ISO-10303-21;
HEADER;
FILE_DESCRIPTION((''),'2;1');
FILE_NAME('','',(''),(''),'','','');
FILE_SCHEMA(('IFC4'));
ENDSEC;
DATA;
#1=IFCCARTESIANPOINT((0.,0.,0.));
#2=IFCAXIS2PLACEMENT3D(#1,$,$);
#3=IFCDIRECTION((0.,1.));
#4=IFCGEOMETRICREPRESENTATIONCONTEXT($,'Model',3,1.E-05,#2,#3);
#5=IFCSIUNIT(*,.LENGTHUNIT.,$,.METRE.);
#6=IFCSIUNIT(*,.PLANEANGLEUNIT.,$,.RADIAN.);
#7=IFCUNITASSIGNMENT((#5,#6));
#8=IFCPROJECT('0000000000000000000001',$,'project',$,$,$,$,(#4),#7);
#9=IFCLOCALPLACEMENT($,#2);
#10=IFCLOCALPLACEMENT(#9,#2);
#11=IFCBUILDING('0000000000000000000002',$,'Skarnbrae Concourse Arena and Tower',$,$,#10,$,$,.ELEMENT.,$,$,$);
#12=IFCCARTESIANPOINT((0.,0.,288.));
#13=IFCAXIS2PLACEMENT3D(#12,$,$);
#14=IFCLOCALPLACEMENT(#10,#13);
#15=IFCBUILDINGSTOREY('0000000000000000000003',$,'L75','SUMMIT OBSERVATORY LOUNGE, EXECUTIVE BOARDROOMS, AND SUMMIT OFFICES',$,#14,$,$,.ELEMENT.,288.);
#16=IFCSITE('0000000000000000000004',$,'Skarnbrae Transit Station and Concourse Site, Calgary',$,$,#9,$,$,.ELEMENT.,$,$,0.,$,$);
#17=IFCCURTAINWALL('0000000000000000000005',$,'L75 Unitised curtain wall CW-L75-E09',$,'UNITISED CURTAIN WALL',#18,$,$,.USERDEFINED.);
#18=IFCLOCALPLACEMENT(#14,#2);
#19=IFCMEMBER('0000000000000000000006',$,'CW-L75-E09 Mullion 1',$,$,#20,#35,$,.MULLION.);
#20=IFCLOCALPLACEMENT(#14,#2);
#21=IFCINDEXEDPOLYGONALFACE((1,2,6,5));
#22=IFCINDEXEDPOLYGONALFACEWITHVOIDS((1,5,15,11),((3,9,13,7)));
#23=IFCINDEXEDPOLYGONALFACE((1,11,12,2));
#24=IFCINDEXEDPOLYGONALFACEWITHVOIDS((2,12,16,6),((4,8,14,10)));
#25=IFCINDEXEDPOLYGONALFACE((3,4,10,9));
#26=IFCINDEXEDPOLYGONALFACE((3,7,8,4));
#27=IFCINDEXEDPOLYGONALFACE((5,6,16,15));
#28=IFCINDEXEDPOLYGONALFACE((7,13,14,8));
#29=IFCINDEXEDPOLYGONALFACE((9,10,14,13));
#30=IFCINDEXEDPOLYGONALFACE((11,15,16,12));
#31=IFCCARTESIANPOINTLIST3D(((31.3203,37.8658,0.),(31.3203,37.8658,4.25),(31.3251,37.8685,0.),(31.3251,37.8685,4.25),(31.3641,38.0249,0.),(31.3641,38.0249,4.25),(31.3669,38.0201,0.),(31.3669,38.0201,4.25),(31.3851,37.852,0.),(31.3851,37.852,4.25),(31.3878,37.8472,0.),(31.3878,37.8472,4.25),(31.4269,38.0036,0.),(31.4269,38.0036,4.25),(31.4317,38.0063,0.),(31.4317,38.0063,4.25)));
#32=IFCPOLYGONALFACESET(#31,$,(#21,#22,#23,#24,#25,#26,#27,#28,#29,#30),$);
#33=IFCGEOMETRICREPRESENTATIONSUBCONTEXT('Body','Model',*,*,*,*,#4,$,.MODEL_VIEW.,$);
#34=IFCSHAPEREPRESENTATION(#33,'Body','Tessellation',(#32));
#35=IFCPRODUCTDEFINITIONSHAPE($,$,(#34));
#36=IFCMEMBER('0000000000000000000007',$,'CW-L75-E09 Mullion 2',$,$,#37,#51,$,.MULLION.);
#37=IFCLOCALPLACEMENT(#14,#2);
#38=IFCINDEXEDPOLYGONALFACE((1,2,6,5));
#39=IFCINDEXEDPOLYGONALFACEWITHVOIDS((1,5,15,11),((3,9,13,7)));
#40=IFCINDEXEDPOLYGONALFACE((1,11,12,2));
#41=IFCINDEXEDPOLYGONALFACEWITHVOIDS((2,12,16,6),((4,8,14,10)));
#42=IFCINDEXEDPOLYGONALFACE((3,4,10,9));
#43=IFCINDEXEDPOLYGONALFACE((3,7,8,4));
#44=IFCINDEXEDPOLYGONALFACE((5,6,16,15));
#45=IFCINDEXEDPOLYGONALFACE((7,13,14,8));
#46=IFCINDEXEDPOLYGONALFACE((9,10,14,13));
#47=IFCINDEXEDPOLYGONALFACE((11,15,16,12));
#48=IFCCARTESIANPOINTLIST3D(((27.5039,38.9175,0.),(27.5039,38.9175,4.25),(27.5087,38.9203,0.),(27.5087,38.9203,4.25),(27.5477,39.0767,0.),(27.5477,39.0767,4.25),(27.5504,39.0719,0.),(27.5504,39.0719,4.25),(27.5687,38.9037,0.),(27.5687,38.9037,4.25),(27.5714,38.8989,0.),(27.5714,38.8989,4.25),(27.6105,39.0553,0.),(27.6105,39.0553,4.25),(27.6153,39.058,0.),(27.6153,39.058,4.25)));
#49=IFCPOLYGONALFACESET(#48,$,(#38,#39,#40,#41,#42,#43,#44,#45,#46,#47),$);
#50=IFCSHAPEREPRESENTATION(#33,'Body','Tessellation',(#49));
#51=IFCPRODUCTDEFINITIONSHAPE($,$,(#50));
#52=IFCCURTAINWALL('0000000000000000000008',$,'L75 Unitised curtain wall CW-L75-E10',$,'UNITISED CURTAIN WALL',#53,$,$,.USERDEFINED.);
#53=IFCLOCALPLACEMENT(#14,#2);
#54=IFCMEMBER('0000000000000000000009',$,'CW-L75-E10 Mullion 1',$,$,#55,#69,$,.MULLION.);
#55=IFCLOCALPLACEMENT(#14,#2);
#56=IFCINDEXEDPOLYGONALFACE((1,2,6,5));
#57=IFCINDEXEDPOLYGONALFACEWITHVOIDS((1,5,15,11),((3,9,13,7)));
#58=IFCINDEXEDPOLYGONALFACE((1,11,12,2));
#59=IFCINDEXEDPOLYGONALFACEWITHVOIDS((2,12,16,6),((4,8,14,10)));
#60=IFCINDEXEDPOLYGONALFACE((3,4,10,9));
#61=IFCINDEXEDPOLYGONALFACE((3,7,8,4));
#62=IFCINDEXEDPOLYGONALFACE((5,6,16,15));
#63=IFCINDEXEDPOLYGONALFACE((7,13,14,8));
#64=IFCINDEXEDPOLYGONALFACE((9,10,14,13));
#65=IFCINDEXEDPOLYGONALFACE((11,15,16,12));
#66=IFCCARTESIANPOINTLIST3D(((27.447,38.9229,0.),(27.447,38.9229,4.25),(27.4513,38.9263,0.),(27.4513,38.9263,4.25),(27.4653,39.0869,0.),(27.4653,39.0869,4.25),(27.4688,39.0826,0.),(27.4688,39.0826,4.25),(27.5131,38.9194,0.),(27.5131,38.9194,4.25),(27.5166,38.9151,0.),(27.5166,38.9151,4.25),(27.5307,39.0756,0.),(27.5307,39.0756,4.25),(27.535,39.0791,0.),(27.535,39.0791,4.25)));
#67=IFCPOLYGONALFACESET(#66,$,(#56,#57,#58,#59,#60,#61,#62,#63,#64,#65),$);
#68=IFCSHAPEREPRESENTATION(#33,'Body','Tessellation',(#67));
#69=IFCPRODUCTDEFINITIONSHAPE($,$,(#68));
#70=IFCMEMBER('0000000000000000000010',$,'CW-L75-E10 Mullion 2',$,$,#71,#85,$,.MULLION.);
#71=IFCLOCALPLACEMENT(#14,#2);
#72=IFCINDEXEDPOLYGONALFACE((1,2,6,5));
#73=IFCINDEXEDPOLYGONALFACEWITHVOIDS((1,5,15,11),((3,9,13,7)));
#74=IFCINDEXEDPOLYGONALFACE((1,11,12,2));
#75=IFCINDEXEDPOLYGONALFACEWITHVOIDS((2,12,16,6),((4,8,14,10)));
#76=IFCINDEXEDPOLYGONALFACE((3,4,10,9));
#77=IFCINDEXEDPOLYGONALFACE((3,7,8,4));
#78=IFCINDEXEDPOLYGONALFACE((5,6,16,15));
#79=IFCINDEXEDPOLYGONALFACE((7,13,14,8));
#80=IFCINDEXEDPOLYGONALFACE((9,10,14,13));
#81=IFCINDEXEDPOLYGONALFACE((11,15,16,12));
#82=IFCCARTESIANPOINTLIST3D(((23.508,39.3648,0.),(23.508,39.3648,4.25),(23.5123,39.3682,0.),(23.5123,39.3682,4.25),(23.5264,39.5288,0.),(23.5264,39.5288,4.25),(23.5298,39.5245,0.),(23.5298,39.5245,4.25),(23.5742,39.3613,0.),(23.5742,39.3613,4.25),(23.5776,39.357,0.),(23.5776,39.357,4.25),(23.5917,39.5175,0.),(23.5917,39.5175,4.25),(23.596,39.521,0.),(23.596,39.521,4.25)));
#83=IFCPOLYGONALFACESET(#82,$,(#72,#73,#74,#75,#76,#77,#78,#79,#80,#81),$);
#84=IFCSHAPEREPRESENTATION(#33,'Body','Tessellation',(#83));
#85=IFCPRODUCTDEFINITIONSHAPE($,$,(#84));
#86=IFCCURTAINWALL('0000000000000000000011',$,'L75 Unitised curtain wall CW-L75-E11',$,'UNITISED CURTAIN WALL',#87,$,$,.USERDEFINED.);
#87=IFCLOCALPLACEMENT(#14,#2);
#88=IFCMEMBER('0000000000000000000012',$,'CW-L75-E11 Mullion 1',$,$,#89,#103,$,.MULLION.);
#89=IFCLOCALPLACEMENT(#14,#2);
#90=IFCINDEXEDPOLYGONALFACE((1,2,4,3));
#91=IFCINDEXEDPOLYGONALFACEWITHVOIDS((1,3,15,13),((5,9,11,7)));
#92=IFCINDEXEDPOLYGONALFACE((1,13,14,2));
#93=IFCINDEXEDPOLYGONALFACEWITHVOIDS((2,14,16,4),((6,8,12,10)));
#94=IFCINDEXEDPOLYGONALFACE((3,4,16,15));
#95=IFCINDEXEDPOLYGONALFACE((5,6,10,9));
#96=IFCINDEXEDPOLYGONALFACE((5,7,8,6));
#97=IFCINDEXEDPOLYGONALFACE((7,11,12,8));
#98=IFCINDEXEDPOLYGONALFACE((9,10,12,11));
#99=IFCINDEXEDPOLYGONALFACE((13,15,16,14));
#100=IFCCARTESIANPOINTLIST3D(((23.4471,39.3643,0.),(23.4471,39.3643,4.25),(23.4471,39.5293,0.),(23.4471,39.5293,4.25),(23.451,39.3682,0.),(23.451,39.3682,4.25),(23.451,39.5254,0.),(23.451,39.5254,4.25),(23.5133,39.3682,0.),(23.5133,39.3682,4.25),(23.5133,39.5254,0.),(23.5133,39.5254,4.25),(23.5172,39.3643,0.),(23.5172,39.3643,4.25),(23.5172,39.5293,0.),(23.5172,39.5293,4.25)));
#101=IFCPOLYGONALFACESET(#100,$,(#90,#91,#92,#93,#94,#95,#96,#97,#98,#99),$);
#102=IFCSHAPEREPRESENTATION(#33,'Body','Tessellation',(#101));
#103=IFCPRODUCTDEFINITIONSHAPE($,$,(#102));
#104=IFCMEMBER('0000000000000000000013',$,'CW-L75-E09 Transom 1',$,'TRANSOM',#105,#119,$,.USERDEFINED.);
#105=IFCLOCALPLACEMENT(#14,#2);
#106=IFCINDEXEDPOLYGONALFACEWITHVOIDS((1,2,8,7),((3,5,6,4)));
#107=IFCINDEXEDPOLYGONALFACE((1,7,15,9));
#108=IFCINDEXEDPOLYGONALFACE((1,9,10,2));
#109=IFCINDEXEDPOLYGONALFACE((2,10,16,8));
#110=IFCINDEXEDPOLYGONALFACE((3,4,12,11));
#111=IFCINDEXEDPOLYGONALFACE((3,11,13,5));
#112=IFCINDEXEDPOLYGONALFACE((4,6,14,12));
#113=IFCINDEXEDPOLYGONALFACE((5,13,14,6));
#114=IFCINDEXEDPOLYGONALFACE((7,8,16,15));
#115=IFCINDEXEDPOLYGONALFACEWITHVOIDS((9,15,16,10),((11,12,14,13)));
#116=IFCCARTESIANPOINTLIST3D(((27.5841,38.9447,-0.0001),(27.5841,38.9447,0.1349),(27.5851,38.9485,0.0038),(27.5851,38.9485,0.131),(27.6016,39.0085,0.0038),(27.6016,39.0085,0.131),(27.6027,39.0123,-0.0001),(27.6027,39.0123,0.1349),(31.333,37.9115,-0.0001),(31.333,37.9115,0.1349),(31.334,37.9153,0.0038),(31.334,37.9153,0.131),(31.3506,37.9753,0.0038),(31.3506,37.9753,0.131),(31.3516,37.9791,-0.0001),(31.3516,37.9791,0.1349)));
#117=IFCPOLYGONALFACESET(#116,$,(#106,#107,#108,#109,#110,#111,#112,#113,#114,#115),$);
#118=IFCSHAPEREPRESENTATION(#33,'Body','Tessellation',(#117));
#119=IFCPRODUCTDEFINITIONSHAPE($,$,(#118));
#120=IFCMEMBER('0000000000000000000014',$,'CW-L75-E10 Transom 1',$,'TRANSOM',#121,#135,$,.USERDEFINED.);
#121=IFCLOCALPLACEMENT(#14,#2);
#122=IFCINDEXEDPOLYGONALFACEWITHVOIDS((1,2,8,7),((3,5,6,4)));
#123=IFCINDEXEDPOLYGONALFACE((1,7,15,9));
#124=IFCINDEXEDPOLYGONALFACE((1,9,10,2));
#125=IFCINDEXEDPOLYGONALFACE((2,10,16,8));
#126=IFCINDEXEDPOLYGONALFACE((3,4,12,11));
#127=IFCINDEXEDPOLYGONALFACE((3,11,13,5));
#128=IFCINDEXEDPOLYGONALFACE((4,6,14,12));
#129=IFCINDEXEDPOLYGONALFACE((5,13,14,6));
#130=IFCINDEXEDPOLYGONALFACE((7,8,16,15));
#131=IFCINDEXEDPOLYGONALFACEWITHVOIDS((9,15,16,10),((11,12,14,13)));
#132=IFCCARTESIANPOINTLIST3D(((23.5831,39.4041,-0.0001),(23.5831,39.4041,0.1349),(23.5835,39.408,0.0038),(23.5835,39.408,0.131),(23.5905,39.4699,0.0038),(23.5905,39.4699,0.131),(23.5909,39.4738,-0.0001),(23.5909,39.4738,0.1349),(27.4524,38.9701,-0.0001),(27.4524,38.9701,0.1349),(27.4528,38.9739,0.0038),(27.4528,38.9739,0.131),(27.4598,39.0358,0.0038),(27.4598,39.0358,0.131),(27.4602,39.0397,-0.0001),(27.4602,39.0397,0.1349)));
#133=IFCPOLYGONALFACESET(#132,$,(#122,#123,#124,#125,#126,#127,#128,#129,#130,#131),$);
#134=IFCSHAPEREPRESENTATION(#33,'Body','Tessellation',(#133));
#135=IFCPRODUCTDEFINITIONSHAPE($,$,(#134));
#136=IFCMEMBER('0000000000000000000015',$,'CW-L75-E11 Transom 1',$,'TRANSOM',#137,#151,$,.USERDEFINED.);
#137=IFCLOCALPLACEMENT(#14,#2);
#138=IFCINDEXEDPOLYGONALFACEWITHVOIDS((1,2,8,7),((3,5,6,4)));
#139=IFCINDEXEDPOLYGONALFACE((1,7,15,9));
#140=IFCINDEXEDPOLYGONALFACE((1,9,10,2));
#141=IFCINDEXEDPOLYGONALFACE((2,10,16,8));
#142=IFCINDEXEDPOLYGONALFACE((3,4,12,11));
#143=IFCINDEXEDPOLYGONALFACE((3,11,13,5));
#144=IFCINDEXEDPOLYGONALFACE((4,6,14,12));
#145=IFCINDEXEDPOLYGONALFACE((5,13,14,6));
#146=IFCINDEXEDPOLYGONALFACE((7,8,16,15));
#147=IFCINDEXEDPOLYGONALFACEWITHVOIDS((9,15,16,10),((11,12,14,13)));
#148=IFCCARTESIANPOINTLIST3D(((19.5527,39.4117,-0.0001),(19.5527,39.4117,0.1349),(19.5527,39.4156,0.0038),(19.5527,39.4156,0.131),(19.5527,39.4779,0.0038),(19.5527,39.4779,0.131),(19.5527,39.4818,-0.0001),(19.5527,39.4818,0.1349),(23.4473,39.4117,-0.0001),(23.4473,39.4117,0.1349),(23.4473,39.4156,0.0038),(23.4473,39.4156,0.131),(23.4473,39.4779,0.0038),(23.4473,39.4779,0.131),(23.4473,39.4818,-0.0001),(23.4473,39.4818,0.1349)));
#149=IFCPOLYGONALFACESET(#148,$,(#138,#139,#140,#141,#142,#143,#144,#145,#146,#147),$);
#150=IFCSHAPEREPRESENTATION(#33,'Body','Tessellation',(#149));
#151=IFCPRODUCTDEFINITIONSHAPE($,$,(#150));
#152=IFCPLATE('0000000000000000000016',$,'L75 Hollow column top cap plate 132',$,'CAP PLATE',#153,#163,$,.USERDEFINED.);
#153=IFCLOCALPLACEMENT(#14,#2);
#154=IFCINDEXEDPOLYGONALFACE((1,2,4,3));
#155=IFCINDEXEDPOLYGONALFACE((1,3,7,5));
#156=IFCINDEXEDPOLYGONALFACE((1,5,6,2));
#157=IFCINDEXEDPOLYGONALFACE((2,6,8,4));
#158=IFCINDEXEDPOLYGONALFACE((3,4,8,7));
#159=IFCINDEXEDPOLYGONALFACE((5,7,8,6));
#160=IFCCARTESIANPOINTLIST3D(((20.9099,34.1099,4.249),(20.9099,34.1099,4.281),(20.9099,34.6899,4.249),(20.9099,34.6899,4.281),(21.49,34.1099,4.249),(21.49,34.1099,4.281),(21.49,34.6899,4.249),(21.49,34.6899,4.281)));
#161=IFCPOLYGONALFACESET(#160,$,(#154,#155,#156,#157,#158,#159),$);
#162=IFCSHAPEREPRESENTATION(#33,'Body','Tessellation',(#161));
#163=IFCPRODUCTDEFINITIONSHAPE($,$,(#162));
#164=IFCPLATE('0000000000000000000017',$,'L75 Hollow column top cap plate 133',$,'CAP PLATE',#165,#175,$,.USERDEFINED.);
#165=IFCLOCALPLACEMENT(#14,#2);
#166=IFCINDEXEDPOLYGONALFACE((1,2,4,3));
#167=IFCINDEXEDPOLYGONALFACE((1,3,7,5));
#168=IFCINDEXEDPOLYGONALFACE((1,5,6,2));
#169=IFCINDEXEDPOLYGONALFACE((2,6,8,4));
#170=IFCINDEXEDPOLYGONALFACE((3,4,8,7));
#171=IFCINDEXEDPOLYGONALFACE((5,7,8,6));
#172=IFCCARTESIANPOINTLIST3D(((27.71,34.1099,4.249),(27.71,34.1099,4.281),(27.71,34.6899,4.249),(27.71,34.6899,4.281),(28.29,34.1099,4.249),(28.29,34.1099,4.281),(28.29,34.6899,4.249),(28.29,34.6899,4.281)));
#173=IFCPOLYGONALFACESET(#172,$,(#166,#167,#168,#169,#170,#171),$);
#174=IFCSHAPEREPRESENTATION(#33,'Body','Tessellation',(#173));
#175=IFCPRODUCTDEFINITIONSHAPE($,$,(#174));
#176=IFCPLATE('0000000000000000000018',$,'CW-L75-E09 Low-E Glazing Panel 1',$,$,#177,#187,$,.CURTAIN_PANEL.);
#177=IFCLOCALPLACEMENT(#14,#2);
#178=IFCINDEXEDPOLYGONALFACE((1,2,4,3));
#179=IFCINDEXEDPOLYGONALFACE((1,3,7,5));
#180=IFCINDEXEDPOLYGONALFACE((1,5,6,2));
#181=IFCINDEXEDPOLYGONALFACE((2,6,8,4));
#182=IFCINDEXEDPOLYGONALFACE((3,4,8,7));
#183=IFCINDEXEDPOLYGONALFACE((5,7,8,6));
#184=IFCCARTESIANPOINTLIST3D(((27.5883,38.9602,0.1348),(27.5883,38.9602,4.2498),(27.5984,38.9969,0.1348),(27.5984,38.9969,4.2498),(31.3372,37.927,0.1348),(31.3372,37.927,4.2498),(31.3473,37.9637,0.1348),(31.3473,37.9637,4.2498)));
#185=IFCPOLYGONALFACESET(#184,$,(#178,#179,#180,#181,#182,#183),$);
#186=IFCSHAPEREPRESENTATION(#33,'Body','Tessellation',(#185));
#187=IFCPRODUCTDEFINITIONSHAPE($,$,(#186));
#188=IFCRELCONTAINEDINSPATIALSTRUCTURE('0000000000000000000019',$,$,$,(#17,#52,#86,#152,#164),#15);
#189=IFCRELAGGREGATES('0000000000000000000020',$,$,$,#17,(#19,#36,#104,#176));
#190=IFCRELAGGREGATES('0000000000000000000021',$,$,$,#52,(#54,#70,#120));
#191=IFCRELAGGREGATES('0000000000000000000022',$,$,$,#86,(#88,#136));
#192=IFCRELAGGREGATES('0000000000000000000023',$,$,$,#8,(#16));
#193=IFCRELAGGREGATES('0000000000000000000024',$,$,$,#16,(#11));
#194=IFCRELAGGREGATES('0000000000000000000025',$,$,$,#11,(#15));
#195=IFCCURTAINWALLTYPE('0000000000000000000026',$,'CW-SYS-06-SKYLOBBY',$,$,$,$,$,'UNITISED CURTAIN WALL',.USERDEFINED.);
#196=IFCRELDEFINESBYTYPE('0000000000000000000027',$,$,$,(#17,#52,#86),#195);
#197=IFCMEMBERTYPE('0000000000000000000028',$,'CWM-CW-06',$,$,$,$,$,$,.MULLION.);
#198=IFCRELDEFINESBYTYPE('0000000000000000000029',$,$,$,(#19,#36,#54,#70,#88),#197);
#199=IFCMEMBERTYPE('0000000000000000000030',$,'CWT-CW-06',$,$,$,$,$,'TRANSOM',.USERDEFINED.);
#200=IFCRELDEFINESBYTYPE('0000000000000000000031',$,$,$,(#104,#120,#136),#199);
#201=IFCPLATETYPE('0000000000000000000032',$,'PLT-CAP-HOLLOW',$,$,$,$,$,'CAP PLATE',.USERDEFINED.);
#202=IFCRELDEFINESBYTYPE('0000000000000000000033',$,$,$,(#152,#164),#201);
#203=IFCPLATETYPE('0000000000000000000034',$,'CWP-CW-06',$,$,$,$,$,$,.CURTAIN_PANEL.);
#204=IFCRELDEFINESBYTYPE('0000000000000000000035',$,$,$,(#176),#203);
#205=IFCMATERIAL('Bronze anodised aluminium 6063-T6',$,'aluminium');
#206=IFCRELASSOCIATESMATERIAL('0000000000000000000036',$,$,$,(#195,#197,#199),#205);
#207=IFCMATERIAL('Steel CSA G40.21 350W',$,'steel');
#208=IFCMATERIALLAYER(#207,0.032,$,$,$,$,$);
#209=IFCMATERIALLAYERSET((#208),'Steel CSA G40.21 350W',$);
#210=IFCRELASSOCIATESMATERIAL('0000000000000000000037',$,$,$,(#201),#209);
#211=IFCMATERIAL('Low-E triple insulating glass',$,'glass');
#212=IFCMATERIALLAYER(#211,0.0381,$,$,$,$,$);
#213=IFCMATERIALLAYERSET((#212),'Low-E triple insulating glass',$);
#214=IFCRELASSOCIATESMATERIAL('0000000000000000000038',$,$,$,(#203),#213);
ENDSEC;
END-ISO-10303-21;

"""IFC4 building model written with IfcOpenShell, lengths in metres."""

from ifc_helpers import new_model, si_unit, direction, frame, origin, origin_2d, place, context, subcontext, project, spatial, rectangle, hollow_rectangle, extrude, source, transform, mapped, material, layer, layer_set, material_profile, profile_set, type_object, element, aggregate, save


model = new_model("IFC4")

# Units and contexts
model_context = context("Model", 3, precision=1e-05, world=origin(), true_north=direction((0.0, 1.0)))
body_context = subcontext(model_context, "Body", "Model", "MODEL_VIEW")
ifc_project = project(units=[si_unit("LENGTHUNIT", "METRE"), si_unit("PLANEANGLEUNIT", "RADIAN")], contexts=[model_context])

# Site, building, storey
site_placement = place(None, origin())
site = spatial("IfcSite", under=ifc_project, at=site_placement, Name="Skarnbrae Transit Station and Concourse Site, Calgary", CompositionType="ELEMENT", RefElevation=0.0)
building_placement = place(site_placement, origin())
building = spatial("IfcBuilding", under=site, at=building_placement, Name="Skarnbrae Concourse Arena and Tower", CompositionType="ELEMENT")
storey_placement = place(building_placement, frame((0.0, 0.0, 288.0)))
storey = spatial("IfcBuildingStorey", under=building, at=storey_placement, Name="L75", Description="SUMMIT OBSERVATORY LOUNGE, EXECUTIVE BOARDROOMS, AND SUMMIT OFFICES", CompositionType="ELEMENT", Elevation=288.0)

# Shared definitions
ifc_material_1 = material(Name="Steel CSA G40.21 350W", Category="steel")

# Curtain walls, members
ifc_material_2 = material(Name="Bronze anodised aluminium 6063-T6", Category="aluminium")
curtain_wall_type = type_object("IfcCurtainWallType", Name="CW-SYS-06-SKYLOBBY", ElementType="UNITISED CURTAIN WALL", PredefinedType="USERDEFINED", material=ifc_material_2)
curtain_wall_1_placement = place(storey_placement, origin())
curtain_wall_1 = element("IfcCurtainWall", 1, at=curtain_wall_1_placement, inside=storey, type_object=curtain_wall_type, Name="L75 Unitised curtain wall CW-L75-E09", ObjectType="UNITISED CURTAIN WALL", PredefinedType="USERDEFINED")
ifc_material_profile_1 = material_profile(ifc_material_2, hollow_rectangle(XDim=0.0701, YDim=0.165, WallThickness=0.0039, at=origin_2d()), Name="ALU-MULL-70X165")
ifc_profile_set_1 = profile_set([ifc_material_profile_1], Name="Bronze anodised aluminium 6063-T6")
member_type_1 = type_object("IfcMemberType", Name="CWM-CW-06", PredefinedType="MULLION", material=ifc_profile_set_1)
shared_shape_1 = source(origin(), body_context, "Body", "SweptSolid", [
    extrude(hollow_rectangle(XDim=0.0701, YDim=0.165, WallThickness=0.0039, at=origin_2d()), origin(), (0.0, 0.0, 1.0), 4.25),
])
member_1_placement = place(storey_placement, frame((31.376, 37.936, 0.0), z_axis=(0.0, 0.0, 1.0), x_axis=(-0.964057, 0.265694, 0.0)))
member_1 = element("IfcMember", 2, at=member_1_placement, type_object=member_type_1, Name="CW-L75-E09 Mullion 1", PredefinedType="MULLION", context=body_context, shape_type="MappedRepresentation", body=[
    mapped(shared_shape_1, transform((0.0, 0.0, 0.0))),
])
member_2_placement = place(storey_placement, frame((27.5596, 38.9878, 0.0), z_axis=(0.0, 0.0, 1.0), x_axis=(-0.964057, 0.265694, 0.0)))
member_2 = element("IfcMember", 3, at=member_2_placement, type_object=member_type_1, Name="CW-L75-E09 Mullion 2", PredefinedType="MULLION", context=body_context, shape_type="MappedRepresentation", body=[
    mapped(shared_shape_1, transform((0.0, 0.0, 0.0))),
])
curtain_wall_2_placement = place(storey_placement, origin())
curtain_wall_2 = element("IfcCurtainWall", 4, at=curtain_wall_2_placement, inside=storey, type_object=curtain_wall_type, Name="L75 Unitised curtain wall CW-L75-E10", ObjectType="UNITISED CURTAIN WALL", PredefinedType="USERDEFINED")
member_3_placement = place(storey_placement, frame((27.491, 39.001, 0.0), z_axis=(0.0, 0.0, 1.0), x_axis=(-0.993769, 0.11146, 0.0)))
member_3 = element("IfcMember", 5, at=member_3_placement, type_object=member_type_1, Name="CW-L75-E10 Mullion 1", PredefinedType="MULLION", context=body_context, shape_type="MappedRepresentation", body=[
    mapped(shared_shape_1, transform((0.0, 0.0, 0.0))),
])
member_4_placement = place(storey_placement, frame((23.552, 39.4429, 0.0), z_axis=(0.0, 0.0, 1.0), x_axis=(-0.993769, 0.11146, 0.0)))
member_4 = element("IfcMember", 6, at=member_4_placement, type_object=member_type_1, Name="CW-L75-E10 Mullion 2", PredefinedType="MULLION", context=body_context, shape_type="MappedRepresentation", body=[
    mapped(shared_shape_1, transform((0.0, 0.0, 0.0))),
])

# Curtain wall, member
curtain_wall_3_placement = place(storey_placement, origin())
curtain_wall_3 = element("IfcCurtainWall", 7, at=curtain_wall_3_placement, inside=storey, type_object=curtain_wall_type, Name="L75 Unitised curtain wall CW-L75-E11", ObjectType="UNITISED CURTAIN WALL", PredefinedType="USERDEFINED")
member_5_placement = place(storey_placement, frame((23.4822, 39.4468, 0.0), z_axis=(0.0, 0.0, 1.0), x_axis=(-1.0, 0.0, 0.0)))
member_5 = element("IfcMember", 8, at=member_5_placement, type_object=member_type_1, Name="CW-L75-E11 Mullion 1", PredefinedType="MULLION", context=body_context, shape_type="MappedRepresentation", body=[
    mapped(shared_shape_1, transform((0.0, 0.0, 0.0))),
])

# Members
ifc_material_profile_2 = material_profile(ifc_material_2, hollow_rectangle(XDim=0.0701, YDim=0.135, WallThickness=0.0039, at=origin_2d()), Name="ALU-TRAN-70X135")
ifc_profile_set_2 = profile_set([ifc_material_profile_2], Name="Bronze anodised aluminium 6063-T6")
member_type_2 = type_object("IfcMemberType", Name="CWT-CW-06", ElementType="TRANSOM", PredefinedType="USERDEFINED", material=ifc_profile_set_2)
shared_shape_2 = source(origin(), body_context, "Body", "SweptSolid", [
    extrude(hollow_rectangle(XDim=0.0701, YDim=0.135, WallThickness=0.0039, at=origin_2d()), origin(), (0.0, 0.0, 1.0), 3.8887),
])
member_6_placement = place(storey_placement, frame((31.3423, 37.9453, 0.0674), z_axis=(-0.964059, 0.265688, 0.0), x_axis=(-0.265688, -0.964059, 0.0)))
member_6 = element("IfcMember", 9, at=member_6_placement, type_object=member_type_2, Name="CW-L75-E09 Transom 1", ObjectType="TRANSOM", PredefinedType="USERDEFINED", context=body_context, shape_type="MappedRepresentation", body=[
    mapped(shared_shape_2, transform((0.0, 0.0, 0.0))),
])
shared_shape_3 = source(origin(), body_context, "Body", "SweptSolid", [
    extrude(hollow_rectangle(XDim=0.0701, YDim=0.135, WallThickness=0.0039, at=origin_2d()), origin(), (0.0, 0.0, 1.0), 3.8936),
])
member_7_placement = place(storey_placement, frame((27.4563, 39.0049, 0.0674), z_axis=(-0.993766, 0.111484, 0.0), x_axis=(-0.111484, -0.993766, 0.0)))
member_7 = element("IfcMember", 10, at=member_7_placement, type_object=member_type_2, Name="CW-L75-E10 Transom 1", ObjectType="TRANSOM", PredefinedType="USERDEFINED", context=body_context, shape_type="MappedRepresentation", body=[
    mapped(shared_shape_3, transform((0.0, 0.0, 0.0))),
])
shared_shape_4 = source(origin(), body_context, "Body", "SweptSolid", [
    extrude(hollow_rectangle(XDim=0.0701, YDim=0.135, WallThickness=0.0039, at=origin_2d()), origin(), (0.0, 0.0, 1.0), 3.8945),
])
member_8_placement = place(storey_placement, frame((23.4473, 39.4468, 0.0674), z_axis=(-1.0, 0.0, 0.0), x_axis=(0.0, -1.0, 0.0)))
member_8 = element("IfcMember", 11, at=member_8_placement, type_object=member_type_2, Name="CW-L75-E11 Transom 1", ObjectType="TRANSOM", PredefinedType="USERDEFINED", context=body_context, shape_type="MappedRepresentation", body=[
    mapped(shared_shape_4, transform((0.0, 0.0, 0.0))),
])

# Plates
ifc_layer_1 = layer(ifc_material_1, 0.032)
ifc_layer_set_1 = layer_set([ifc_layer_1], Name="Steel CSA G40.21 350W")
plate_type_1 = type_object("IfcPlateType", Name="PLT-CAP-HOLLOW", ElementType="CAP PLATE", PredefinedType="USERDEFINED", material=ifc_layer_set_1)
shared_shape_5 = source(origin(), body_context, "Body", "SweptSolid", [
    extrude(rectangle(XDim=0.5801, YDim=0.5801, at=origin_2d()), origin(), (0.0, 0.0, 1.0), 0.032),
])
for number, where, z_axis, x_axis, name in (
    (12, (21.2, 34.3999, 4.249), (0.0, 0.0, 1.0), (1.0, 0.0, 0.0), "L75 Hollow column top cap plate 132"),
    (13, (28.0, 34.3999, 4.249), (0.0, 0.0, 1.0), (1.0, 0.0, 0.0), "L75 Hollow column top cap plate 133"),
):
    element("IfcPlate", number, at=place(storey_placement, frame(where, z_axis=z_axis, x_axis=x_axis)), inside=storey, type_object=plate_type_1, Name=name, ObjectType="CAP PLATE", PredefinedType="USERDEFINED", context=body_context, shape_type="MappedRepresentation", body=[
        mapped(shared_shape_5, transform((0.0, 0.0, 0.0))),
    ])

# Plate
ifc_material_3 = material(Name="Low-E triple insulating glass", Category="glass")
ifc_layer_2 = layer(ifc_material_3, 0.0381)
ifc_layer_set_2 = layer_set([ifc_layer_2], Name="Low-E triple insulating glass")
plate_type_2 = type_object("IfcPlateType", Name="CWP-CW-06", PredefinedType="CURTAIN_PANEL", material=ifc_layer_set_2)
shared_shape_6 = source(origin(), body_context, "Body", "SweptSolid", [
    extrude(rectangle(XDim=3.8887, YDim=0.0381, at=origin_2d()), origin(), (0.0, 0.0, 1.0), 4.115),
])
plate_1_placement = place(storey_placement, frame((29.4678, 38.4619, 0.1348), z_axis=(0.0, 0.0, 1.0), x_axis=(-0.964057, 0.265694, 0.0)))
plate_1 = element("IfcPlate", 14, at=plate_1_placement, type_object=plate_type_2, Name="CW-L75-E09 Low-E Glazing Panel 1", PredefinedType="CURTAIN_PANEL", context=body_context, shape_type="MappedRepresentation", body=[
    mapped(shared_shape_6, transform((0.0, 0.0, 0.0))),
])
aggregate(curtain_wall_1, [member_1, member_2, member_6, plate_1])
aggregate(curtain_wall_2, [member_3, member_4, member_7])
aggregate(curtain_wall_3, [member_5, member_8])

save(model, "model.ifc")
